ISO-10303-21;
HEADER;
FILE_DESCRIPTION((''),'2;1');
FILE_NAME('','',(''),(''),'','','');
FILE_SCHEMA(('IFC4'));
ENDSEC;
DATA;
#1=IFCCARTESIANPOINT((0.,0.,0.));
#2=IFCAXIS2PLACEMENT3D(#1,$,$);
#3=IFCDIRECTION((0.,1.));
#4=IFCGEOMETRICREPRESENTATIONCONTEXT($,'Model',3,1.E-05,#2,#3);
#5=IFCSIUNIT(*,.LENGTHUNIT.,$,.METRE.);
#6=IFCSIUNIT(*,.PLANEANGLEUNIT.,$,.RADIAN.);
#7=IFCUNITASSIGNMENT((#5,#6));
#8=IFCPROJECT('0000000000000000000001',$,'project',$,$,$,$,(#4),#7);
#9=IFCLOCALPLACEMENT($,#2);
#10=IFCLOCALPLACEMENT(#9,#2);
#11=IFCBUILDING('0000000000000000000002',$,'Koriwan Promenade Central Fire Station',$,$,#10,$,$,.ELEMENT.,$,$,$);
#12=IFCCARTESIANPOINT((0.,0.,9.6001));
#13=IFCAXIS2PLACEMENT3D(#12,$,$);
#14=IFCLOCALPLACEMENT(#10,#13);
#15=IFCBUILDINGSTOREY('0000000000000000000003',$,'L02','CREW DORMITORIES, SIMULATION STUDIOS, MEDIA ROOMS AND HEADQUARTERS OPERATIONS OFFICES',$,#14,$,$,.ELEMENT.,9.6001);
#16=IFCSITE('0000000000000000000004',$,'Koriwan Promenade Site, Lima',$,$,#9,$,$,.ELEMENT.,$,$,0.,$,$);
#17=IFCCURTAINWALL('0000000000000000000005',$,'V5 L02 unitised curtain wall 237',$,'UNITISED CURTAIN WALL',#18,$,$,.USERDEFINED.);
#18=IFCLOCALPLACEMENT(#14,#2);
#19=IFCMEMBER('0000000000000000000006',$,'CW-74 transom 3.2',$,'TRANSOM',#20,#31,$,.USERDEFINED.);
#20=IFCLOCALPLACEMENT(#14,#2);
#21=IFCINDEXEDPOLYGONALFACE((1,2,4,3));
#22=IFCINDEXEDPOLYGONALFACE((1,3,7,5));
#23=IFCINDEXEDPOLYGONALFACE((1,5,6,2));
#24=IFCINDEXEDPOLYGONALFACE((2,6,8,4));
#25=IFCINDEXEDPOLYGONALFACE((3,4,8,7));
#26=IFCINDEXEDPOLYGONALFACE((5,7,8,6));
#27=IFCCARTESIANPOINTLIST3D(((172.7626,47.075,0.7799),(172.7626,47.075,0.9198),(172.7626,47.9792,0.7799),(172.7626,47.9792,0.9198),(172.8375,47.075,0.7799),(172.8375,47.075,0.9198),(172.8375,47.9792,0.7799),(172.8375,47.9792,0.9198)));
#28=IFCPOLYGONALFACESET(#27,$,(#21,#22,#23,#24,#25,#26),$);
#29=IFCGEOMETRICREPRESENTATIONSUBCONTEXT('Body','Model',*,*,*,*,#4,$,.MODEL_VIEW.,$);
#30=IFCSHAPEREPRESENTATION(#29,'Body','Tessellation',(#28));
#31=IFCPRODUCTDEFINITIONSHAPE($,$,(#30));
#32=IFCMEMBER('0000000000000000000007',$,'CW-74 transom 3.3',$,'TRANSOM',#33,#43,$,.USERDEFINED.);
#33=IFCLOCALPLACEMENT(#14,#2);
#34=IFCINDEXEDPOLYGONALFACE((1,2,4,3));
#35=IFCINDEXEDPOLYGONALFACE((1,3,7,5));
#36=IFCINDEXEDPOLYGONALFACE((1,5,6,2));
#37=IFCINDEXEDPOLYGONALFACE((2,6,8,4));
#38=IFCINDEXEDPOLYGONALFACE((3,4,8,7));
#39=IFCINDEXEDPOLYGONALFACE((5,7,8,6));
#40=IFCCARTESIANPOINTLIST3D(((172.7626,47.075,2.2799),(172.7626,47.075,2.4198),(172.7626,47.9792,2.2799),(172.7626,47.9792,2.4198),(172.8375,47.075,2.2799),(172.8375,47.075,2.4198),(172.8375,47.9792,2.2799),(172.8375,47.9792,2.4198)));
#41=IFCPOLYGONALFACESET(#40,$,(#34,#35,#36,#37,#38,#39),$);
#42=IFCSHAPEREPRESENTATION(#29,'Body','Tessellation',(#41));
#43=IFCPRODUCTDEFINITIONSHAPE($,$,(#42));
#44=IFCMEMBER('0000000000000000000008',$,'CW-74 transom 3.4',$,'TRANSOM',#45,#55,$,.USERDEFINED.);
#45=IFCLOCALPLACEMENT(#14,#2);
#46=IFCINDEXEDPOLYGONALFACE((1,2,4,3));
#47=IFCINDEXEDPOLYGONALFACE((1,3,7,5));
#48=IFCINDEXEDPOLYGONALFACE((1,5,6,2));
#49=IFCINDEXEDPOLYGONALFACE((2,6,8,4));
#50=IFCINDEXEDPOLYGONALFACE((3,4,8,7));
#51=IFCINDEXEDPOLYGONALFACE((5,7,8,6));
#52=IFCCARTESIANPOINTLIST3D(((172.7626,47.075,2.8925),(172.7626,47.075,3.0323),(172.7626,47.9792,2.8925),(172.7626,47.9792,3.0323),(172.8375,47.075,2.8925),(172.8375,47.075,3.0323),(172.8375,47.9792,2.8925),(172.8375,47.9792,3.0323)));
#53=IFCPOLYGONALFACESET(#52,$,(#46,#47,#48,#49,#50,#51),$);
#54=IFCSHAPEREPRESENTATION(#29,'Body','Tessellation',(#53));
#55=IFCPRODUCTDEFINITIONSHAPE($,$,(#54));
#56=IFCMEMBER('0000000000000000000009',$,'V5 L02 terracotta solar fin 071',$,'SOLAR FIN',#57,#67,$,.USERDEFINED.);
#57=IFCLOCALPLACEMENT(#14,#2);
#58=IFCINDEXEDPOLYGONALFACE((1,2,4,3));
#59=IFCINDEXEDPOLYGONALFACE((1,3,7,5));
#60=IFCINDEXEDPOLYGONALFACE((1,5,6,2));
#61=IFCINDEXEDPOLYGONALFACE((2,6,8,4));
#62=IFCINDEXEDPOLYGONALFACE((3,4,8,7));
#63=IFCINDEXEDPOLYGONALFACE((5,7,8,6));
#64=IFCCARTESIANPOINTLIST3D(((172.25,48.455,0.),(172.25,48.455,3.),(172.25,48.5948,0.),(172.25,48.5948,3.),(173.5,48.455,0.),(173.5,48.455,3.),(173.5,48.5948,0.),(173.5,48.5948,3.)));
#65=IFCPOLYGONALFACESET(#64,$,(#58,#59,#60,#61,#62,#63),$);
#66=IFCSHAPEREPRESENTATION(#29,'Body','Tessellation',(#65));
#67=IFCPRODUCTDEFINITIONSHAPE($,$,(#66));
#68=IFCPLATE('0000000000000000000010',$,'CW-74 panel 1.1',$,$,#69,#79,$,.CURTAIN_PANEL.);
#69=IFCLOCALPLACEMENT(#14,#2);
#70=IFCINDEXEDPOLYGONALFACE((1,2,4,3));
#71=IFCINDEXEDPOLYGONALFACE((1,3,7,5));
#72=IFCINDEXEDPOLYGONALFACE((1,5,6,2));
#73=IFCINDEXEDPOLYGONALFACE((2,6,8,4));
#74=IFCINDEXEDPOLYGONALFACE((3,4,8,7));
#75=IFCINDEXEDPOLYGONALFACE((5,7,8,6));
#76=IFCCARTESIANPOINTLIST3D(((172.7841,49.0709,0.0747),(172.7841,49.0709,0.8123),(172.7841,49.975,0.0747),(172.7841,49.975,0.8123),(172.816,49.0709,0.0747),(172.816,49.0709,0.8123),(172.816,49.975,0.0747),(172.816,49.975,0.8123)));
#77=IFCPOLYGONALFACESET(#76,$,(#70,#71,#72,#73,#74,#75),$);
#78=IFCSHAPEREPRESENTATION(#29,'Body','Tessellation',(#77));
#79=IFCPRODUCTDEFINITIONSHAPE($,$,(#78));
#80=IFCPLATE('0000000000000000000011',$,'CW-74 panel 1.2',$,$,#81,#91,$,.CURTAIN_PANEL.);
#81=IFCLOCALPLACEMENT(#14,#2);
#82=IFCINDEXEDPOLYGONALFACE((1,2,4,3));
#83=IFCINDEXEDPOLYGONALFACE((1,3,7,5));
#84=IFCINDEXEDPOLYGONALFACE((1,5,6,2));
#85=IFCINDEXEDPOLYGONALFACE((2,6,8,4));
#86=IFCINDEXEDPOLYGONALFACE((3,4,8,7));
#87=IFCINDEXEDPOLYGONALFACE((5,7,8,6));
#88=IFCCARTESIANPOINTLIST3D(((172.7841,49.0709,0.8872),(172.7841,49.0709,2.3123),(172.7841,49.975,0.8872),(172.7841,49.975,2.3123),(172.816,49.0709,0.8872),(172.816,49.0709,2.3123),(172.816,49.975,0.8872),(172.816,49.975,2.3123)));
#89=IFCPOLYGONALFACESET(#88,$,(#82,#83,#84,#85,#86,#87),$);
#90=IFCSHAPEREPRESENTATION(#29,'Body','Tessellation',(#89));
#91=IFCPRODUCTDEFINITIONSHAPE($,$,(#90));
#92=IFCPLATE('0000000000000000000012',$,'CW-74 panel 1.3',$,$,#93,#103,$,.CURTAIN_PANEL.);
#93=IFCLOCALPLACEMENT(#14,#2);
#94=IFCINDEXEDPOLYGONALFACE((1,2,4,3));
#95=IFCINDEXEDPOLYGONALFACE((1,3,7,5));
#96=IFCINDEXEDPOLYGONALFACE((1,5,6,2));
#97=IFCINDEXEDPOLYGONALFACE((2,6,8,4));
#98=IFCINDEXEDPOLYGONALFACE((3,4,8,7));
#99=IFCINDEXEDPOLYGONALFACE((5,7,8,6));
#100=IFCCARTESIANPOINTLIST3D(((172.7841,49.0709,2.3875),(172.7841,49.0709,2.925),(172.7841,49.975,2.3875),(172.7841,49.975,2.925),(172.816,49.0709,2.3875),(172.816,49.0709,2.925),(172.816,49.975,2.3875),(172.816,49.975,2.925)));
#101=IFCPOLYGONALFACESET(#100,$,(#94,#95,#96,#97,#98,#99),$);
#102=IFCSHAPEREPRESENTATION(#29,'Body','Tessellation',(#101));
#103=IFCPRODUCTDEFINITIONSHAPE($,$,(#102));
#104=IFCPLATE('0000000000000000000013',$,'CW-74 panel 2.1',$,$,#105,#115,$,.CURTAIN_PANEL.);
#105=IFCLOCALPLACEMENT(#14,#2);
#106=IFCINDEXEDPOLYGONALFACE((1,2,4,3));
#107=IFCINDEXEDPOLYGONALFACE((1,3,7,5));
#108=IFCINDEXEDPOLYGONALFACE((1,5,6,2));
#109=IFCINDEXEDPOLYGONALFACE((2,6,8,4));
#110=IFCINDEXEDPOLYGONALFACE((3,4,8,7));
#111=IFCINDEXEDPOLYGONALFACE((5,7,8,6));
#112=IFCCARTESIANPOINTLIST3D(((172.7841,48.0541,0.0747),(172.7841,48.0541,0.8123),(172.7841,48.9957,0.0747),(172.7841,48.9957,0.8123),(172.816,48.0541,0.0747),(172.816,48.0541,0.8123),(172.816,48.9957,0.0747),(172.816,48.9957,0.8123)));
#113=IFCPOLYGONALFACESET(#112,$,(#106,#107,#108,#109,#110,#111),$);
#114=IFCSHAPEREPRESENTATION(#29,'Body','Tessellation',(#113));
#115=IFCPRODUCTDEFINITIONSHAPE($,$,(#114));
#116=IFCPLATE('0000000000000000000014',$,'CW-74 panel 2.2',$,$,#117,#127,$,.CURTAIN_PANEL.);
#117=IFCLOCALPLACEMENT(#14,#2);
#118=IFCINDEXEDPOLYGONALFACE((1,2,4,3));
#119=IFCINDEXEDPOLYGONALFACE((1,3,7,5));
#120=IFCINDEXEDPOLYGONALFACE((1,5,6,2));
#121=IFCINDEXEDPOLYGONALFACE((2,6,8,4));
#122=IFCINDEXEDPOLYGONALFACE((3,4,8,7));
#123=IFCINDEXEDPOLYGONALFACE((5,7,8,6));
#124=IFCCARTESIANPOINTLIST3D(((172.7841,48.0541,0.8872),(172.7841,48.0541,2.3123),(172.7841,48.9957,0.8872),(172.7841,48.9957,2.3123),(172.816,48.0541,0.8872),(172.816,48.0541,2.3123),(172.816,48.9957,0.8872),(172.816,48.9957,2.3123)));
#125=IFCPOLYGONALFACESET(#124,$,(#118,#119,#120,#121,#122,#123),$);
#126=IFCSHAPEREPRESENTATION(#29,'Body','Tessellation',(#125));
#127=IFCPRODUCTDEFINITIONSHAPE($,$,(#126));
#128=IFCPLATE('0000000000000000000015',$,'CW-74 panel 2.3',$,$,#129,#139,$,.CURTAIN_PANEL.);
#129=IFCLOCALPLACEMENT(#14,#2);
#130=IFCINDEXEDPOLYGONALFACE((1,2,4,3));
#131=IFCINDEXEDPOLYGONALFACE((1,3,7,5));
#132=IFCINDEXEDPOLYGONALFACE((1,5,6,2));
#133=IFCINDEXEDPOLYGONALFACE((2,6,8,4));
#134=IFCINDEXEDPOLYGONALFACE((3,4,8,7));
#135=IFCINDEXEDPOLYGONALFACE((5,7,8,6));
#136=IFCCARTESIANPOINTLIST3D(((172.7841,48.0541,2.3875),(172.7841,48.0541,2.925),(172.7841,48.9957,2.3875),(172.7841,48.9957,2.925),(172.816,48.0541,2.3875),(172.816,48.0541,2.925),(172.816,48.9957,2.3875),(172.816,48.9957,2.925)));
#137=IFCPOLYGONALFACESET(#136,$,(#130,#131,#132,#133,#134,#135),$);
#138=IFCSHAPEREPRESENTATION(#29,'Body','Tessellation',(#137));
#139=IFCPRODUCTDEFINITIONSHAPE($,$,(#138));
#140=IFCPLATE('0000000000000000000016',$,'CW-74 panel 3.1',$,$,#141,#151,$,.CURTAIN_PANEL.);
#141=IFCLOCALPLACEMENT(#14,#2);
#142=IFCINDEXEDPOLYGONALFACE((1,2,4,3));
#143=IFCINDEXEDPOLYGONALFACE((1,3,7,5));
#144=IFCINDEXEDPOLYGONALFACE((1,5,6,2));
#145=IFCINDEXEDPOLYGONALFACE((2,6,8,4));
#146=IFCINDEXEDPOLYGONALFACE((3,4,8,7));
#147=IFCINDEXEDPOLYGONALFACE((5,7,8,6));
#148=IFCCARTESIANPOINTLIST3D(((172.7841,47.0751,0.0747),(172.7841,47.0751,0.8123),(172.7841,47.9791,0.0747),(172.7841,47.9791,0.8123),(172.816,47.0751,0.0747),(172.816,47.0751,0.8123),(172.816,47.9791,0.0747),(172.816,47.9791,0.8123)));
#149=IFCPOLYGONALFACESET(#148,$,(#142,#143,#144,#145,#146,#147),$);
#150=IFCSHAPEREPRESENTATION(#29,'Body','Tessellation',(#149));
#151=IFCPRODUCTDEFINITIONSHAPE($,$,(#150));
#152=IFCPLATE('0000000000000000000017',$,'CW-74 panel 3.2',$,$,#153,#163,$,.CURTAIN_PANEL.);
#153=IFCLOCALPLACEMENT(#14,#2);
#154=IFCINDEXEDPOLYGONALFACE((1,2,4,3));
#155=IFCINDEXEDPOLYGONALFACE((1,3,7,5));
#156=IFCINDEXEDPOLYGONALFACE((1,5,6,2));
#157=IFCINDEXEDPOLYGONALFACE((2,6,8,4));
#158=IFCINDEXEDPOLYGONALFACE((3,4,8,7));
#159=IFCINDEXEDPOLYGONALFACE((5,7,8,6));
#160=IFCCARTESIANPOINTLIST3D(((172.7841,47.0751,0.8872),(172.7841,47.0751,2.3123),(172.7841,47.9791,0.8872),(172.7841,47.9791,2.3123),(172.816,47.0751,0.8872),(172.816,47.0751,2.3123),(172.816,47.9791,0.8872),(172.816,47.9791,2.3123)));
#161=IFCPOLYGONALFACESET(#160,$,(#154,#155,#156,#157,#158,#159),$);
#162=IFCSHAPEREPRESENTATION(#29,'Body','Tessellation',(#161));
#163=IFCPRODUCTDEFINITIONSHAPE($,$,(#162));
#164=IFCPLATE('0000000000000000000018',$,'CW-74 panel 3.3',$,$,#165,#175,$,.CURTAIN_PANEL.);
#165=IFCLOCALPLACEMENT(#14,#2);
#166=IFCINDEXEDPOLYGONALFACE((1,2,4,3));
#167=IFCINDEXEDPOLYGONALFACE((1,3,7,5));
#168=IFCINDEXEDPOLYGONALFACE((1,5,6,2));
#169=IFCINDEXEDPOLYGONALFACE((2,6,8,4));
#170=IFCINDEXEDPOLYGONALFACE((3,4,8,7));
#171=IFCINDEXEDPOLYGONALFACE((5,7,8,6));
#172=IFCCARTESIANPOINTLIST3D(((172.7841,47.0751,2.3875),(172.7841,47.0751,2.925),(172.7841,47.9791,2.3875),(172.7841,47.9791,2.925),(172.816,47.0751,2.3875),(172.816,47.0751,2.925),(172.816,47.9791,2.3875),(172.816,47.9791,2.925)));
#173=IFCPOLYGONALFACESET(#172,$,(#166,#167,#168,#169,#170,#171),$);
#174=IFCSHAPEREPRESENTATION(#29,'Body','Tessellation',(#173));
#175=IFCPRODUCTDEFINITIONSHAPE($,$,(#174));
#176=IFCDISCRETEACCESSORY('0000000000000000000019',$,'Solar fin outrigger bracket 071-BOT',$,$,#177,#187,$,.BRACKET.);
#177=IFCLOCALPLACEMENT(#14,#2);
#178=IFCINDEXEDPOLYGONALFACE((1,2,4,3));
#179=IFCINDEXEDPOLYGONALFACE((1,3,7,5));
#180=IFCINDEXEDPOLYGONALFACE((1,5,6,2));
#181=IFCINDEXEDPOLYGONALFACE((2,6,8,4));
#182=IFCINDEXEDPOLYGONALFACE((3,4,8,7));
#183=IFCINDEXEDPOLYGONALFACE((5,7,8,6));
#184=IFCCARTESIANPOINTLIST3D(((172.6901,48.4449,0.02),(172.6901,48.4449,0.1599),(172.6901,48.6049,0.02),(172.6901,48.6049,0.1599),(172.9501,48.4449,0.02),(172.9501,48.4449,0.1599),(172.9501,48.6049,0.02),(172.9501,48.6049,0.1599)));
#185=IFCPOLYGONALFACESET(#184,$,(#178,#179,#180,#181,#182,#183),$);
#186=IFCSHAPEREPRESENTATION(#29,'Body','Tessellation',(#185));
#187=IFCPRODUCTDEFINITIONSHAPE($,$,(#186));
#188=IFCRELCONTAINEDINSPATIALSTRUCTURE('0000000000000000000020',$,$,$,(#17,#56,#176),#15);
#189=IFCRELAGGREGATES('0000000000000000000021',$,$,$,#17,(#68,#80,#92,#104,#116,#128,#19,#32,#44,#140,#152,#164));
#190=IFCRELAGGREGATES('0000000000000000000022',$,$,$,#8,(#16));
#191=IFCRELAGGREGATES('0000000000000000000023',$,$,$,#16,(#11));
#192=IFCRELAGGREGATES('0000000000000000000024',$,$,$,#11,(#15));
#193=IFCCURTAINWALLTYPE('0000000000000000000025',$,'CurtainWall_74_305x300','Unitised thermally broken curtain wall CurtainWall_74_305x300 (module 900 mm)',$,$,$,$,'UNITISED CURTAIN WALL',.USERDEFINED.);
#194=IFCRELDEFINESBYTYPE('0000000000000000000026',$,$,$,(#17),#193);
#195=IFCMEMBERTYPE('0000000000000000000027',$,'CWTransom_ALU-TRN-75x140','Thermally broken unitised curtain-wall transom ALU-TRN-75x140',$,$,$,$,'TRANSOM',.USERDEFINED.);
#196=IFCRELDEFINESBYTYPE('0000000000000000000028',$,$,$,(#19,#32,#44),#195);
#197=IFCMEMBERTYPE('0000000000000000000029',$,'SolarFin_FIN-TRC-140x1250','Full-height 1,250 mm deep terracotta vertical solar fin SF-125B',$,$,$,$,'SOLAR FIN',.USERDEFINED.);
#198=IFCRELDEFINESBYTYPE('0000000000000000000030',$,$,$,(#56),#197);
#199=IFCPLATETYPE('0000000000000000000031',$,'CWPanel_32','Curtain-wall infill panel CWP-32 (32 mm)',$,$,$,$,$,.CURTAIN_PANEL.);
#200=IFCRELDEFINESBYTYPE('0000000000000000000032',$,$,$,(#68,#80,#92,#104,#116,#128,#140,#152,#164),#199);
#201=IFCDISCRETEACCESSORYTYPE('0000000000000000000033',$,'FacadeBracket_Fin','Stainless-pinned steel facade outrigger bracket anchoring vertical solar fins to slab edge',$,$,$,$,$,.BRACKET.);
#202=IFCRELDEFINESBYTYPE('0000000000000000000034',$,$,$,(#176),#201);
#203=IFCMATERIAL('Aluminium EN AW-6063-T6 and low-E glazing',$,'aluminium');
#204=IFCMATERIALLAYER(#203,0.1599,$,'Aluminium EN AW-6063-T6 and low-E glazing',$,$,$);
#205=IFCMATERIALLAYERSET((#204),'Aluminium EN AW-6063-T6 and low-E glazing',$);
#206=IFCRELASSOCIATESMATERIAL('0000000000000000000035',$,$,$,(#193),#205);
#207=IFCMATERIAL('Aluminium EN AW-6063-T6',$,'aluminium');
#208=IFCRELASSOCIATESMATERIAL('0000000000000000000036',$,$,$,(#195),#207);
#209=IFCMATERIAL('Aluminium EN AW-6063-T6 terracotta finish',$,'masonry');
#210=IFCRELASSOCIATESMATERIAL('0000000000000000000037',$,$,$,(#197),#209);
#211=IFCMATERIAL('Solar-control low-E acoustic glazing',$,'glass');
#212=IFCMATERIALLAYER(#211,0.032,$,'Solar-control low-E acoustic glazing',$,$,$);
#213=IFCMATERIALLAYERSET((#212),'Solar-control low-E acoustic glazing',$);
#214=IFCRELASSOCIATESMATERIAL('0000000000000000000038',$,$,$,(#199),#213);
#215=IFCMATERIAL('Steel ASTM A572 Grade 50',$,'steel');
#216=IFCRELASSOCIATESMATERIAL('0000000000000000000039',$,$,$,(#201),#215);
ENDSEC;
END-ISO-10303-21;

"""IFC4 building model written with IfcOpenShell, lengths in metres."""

from ifc_helpers import new_model, si_unit, direction, frame, origin, origin_2d, place, context, subcontext, project, spatial, rectangle, extrude, material, layer, layer_set, material_profile, profile_set, type_object, element, aggregate, save


model = new_model("IFC4")

# Units and contexts
model_context = context("Model", 3, precision=1e-05, world=origin(), true_north=direction((0.0, 1.0)))
body_context = subcontext(model_context, "Body", "Model", "MODEL_VIEW")
ifc_project = project(units=[si_unit("LENGTHUNIT", "METRE"), si_unit("PLANEANGLEUNIT", "RADIAN")], contexts=[model_context])

# Site, building, storey
site_placement = place(None, origin())
site = spatial("IfcSite", under=ifc_project, at=site_placement, Name="Koriwan Promenade Site, Lima", CompositionType="ELEMENT", RefElevation=0.0)
building_placement = place(site_placement, origin())
building = spatial("IfcBuilding", under=site, at=building_placement, Name="Koriwan Promenade Central Fire Station", CompositionType="ELEMENT")
storey_placement = place(building_placement, frame((0.0, 0.0, 9.6001)))
storey = spatial("IfcBuildingStorey", under=building, at=storey_placement, Name="L02", Description="CREW DORMITORIES, SIMULATION STUDIOS, MEDIA ROOMS AND HEADQUARTERS OPERATIONS OFFICES", CompositionType="ELEMENT", Elevation=9.6001)

# Curtain wall, members
ifc_material_1 = material(Name="Aluminium EN AW-6063-T6 and low-E glazing", Category="aluminium")
ifc_layer_1 = layer(ifc_material_1, 0.1599, Name="Aluminium EN AW-6063-T6 and low-E glazing")
ifc_layer_set_1 = layer_set([ifc_layer_1], Name="Aluminium EN AW-6063-T6 and low-E glazing")
curtain_wall_type = type_object("IfcCurtainWallType", Name="CurtainWall_74_305x300", Description="Unitised thermally broken curtain wall CurtainWall_74_305x300 (module 900 mm)", ElementType="UNITISED CURTAIN WALL", PredefinedType="USERDEFINED", material=ifc_layer_set_1)
curtain_wall_placement = place(storey_placement, origin())
curtain_wall = element("IfcCurtainWall", 1, at=curtain_wall_placement, inside=storey, type_object=curtain_wall_type, Name="V5 L02 unitised curtain wall 237", ObjectType="UNITISED CURTAIN WALL", PredefinedType="USERDEFINED")
ifc_material_2 = material(Name="Aluminium EN AW-6063-T6", Category="aluminium")
ifc_material_profile_1 = material_profile(ifc_material_2, rectangle(XDim=0.075, YDim=0.1399, at=origin_2d()), Name="ALU-TRN-75x140")
ifc_profile_set_1 = profile_set([ifc_material_profile_1], Name="Aluminium EN AW-6063-T6")
member_type_1 = type_object("IfcMemberType", Name="CWTransom_ALU-TRN-75x140", Description="Thermally broken unitised curtain-wall transom ALU-TRN-75x140", ElementType="TRANSOM", PredefinedType="USERDEFINED", material=ifc_profile_set_1)
member_1_placement = place(storey_placement, frame((172.8, 47.9792, 0.8499), z_axis=(0.0, -1.0, 0.0), x_axis=(1.0, 0.0, 0.0)))
member_1 = element("IfcMember", 2, at=member_1_placement, type_object=member_type_1, Name="CW-74 transom 3.2", ObjectType="TRANSOM", PredefinedType="USERDEFINED", context=body_context, shape_type="SweptSolid", body=[
    extrude(rectangle(XDim=0.075, YDim=0.1399, at=origin_2d()), origin(), (0.0, 0.0, 1.0), 0.9043),
])
member_2_placement = place(storey_placement, frame((172.8, 47.9792, 2.3499), z_axis=(0.0, -1.0, 0.0), x_axis=(1.0, 0.0, 0.0)))
member_2 = element("IfcMember", 3, at=member_2_placement, type_object=member_type_1, Name="CW-74 transom 3.3", ObjectType="TRANSOM", PredefinedType="USERDEFINED", context=body_context, shape_type="SweptSolid", body=[
    extrude(rectangle(XDim=0.075, YDim=0.1399, at=origin_2d()), origin(), (0.0, 0.0, 1.0), 0.9043),
])
member_3_placement = place(storey_placement, frame((172.8, 47.9792, 2.9624), z_axis=(0.0, -1.0, 0.0), x_axis=(1.0, 0.0, 0.0)))
member_3 = element("IfcMember", 4, at=member_3_placement, type_object=member_type_1, Name="CW-74 transom 3.4", ObjectType="TRANSOM", PredefinedType="USERDEFINED", context=body_context, shape_type="SweptSolid", body=[
    extrude(rectangle(XDim=0.075, YDim=0.1399, at=origin_2d()), origin(), (0.0, 0.0, 1.0), 0.9043),
])

# Member
ifc_material_3 = material(Name="Aluminium EN AW-6063-T6 terracotta finish", Category="masonry")
ifc_material_profile_2 = material_profile(ifc_material_3, rectangle(XDim=0.1399, YDim=1.25, at=origin_2d()), Name="FIN-TRC-140x1250")
ifc_profile_set_2 = profile_set([ifc_material_profile_2], Name="Aluminium EN AW-6063-T6 terracotta finish")
member_type_2 = type_object("IfcMemberType", Name="SolarFin_FIN-TRC-140x1250", Description="Full-height 1,250 mm deep terracotta vertical solar fin SF-125B", ElementType="SOLAR FIN", PredefinedType="USERDEFINED", material=ifc_profile_set_2)
member_4_placement = place(storey_placement, frame((172.875, 48.5249, 0.0), z_axis=(0.0, 0.0, 1.0), x_axis=(0.0, -1.0, 0.0)))
element("IfcMember", 5, at=member_4_placement, inside=storey, type_object=member_type_2, Name="V5 L02 terracotta solar fin 071", ObjectType="SOLAR FIN", PredefinedType="USERDEFINED", context=body_context, shape_type="SweptSolid", body=[
    extrude(rectangle(XDim=0.1399, YDim=1.25, at=origin_2d()), origin(), (0.0, 0.0, 1.0), 3.0),
])

# Plates
ifc_material_4 = material(Name="Solar-control low-E acoustic glazing", Category="glass")
ifc_layer_2 = layer(ifc_material_4, 0.032, Name="Solar-control low-E acoustic glazing")
ifc_layer_set_2 = layer_set([ifc_layer_2], Name="Solar-control low-E acoustic glazing")
plate_type = type_object("IfcPlateType", Name="CWPanel_32", Description="Curtain-wall infill panel CWP-32 (32 mm)", PredefinedType="CURTAIN_PANEL", material=ifc_layer_set_2)
plate_1_placement = place(storey_placement, frame((172.8, 49.5229, 0.0747), z_axis=(0.0, 0.0, 1.0), x_axis=(0.0, -1.0, 0.0)))
plate_1 = element("IfcPlate", 6, at=plate_1_placement, type_object=plate_type, Name="CW-74 panel 1.1", PredefinedType="CURTAIN_PANEL", context=body_context, shape_type="SweptSolid", body=[
    extrude(rectangle(XDim=0.9041, YDim=0.032, at=origin_2d()), origin(), (0.0, 0.0, 1.0), 0.7375),
])
plate_2_placement = place(storey_placement, frame((172.8, 49.5229, 0.8872), z_axis=(0.0, 0.0, 1.0), x_axis=(0.0, -1.0, 0.0)))
plate_2 = element("IfcPlate", 7, at=plate_2_placement, type_object=plate_type, Name="CW-74 panel 1.2", PredefinedType="CURTAIN_PANEL", context=body_context, shape_type="SweptSolid", body=[
    extrude(rectangle(XDim=0.9041, YDim=0.032, at=origin_2d()), origin(), (0.0, 0.0, 1.0), 1.425),
])
plate_3_placement = place(storey_placement, frame((172.8, 49.5229, 2.3875), z_axis=(0.0, 0.0, 1.0), x_axis=(0.0, -1.0, 0.0)))
plate_3 = element("IfcPlate", 8, at=plate_3_placement, type_object=plate_type, Name="CW-74 panel 1.3", PredefinedType="CURTAIN_PANEL", context=body_context, shape_type="SweptSolid", body=[
    extrude(rectangle(XDim=0.9041, YDim=0.032, at=origin_2d()), origin(), (0.0, 0.0, 1.0), 0.5376),
])
plate_4_placement = place(storey_placement, frame((172.8, 48.5249, 0.0747), z_axis=(0.0, 0.0, 1.0), x_axis=(0.0, -1.0, 0.0)))
plate_4 = element("IfcPlate", 9, at=plate_4_placement, type_object=plate_type, Name="CW-74 panel 2.1", PredefinedType="CURTAIN_PANEL", context=body_context, shape_type="SweptSolid", body=[
    extrude(rectangle(XDim=0.9417, YDim=0.032, at=origin_2d()), origin(), (0.0, 0.0, 1.0), 0.7375),
])
plate_5_placement = place(storey_placement, frame((172.8, 48.5249, 0.8872), z_axis=(0.0, 0.0, 1.0), x_axis=(0.0, -1.0, 0.0)))
plate_5 = element("IfcPlate", 10, at=plate_5_placement, type_object=plate_type, Name="CW-74 panel 2.2", PredefinedType="CURTAIN_PANEL", context=body_context, shape_type="SweptSolid", body=[
    extrude(rectangle(XDim=0.9417, YDim=0.032, at=origin_2d()), origin(), (0.0, 0.0, 1.0), 1.425),
])
plate_6_placement = place(storey_placement, frame((172.8, 48.5249, 2.3875), z_axis=(0.0, 0.0, 1.0), x_axis=(0.0, -1.0, 0.0)))
plate_6 = element("IfcPlate", 11, at=plate_6_placement, type_object=plate_type, Name="CW-74 panel 2.3", PredefinedType="CURTAIN_PANEL", context=body_context, shape_type="SweptSolid", body=[
    extrude(rectangle(XDim=0.9417, YDim=0.032, at=origin_2d()), origin(), (0.0, 0.0, 1.0), 0.5376),
])
plate_7_placement = place(storey_placement, frame((172.8, 47.5271, 0.0747), z_axis=(0.0, 0.0, 1.0), x_axis=(0.0, -1.0, 0.0)))
plate_7 = element("IfcPlate", 12, at=plate_7_placement, type_object=plate_type, Name="CW-74 panel 3.1", PredefinedType="CURTAIN_PANEL", context=body_context, shape_type="SweptSolid", body=[
    extrude(rectangle(XDim=0.9041, YDim=0.032, at=origin_2d()), origin(), (0.0, 0.0, 1.0), 0.7375),
])
plate_8_placement = place(storey_placement, frame((172.8, 47.5271, 0.8872), z_axis=(0.0, 0.0, 1.0), x_axis=(0.0, -1.0, 0.0)))
plate_8 = element("IfcPlate", 13, at=plate_8_placement, type_object=plate_type, Name="CW-74 panel 3.2", PredefinedType="CURTAIN_PANEL", context=body_context, shape_type="SweptSolid", body=[
    extrude(rectangle(XDim=0.9041, YDim=0.032, at=origin_2d()), origin(), (0.0, 0.0, 1.0), 1.425),
])
plate_9_placement = place(storey_placement, frame((172.8, 47.5271, 2.3875), z_axis=(0.0, 0.0, 1.0), x_axis=(0.0, -1.0, 0.0)))
plate_9 = element("IfcPlate", 14, at=plate_9_placement, type_object=plate_type, Name="CW-74 panel 3.3", PredefinedType="CURTAIN_PANEL", context=body_context, shape_type="SweptSolid", body=[
    extrude(rectangle(XDim=0.9041, YDim=0.032, at=origin_2d()), origin(), (0.0, 0.0, 1.0), 0.5376),
])
aggregate(curtain_wall, [plate_1, plate_2, plate_3, plate_4, plate_5, plate_6, member_1, member_2, member_3, plate_7, plate_8, plate_9])

# Discrete accessory
ifc_material_5 = material(Name="Steel ASTM A572 Grade 50", Category="steel")
discrete_accessory_type = type_object("IfcDiscreteAccessoryType", Name="FacadeBracket_Fin", Description="Stainless-pinned steel facade outrigger bracket anchoring vertical solar fins to slab edge", PredefinedType="BRACKET", material=ifc_material_5)
for number, where, z_axis, x_axis, name in (
    (15, (172.8201, 48.5249, 0.02), (0.0, 0.0, 1.0), (1.0, 0.0, 0.0), "Solar fin outrigger bracket 071-BOT"),
):
    element("IfcDiscreteAccessory", number, at=place(storey_placement, frame(where, z_axis=z_axis, x_axis=x_axis)), inside=storey, type_object=discrete_accessory_type, Name=name, PredefinedType="BRACKET", context=body_context, shape_type="SweptSolid", body=[
        extrude(rectangle(XDim=0.26, YDim=0.1599, at=origin_2d()), origin(), (0.0, 0.0, 1.0), 0.1399),
    ])

save(model, "model.ifc")
